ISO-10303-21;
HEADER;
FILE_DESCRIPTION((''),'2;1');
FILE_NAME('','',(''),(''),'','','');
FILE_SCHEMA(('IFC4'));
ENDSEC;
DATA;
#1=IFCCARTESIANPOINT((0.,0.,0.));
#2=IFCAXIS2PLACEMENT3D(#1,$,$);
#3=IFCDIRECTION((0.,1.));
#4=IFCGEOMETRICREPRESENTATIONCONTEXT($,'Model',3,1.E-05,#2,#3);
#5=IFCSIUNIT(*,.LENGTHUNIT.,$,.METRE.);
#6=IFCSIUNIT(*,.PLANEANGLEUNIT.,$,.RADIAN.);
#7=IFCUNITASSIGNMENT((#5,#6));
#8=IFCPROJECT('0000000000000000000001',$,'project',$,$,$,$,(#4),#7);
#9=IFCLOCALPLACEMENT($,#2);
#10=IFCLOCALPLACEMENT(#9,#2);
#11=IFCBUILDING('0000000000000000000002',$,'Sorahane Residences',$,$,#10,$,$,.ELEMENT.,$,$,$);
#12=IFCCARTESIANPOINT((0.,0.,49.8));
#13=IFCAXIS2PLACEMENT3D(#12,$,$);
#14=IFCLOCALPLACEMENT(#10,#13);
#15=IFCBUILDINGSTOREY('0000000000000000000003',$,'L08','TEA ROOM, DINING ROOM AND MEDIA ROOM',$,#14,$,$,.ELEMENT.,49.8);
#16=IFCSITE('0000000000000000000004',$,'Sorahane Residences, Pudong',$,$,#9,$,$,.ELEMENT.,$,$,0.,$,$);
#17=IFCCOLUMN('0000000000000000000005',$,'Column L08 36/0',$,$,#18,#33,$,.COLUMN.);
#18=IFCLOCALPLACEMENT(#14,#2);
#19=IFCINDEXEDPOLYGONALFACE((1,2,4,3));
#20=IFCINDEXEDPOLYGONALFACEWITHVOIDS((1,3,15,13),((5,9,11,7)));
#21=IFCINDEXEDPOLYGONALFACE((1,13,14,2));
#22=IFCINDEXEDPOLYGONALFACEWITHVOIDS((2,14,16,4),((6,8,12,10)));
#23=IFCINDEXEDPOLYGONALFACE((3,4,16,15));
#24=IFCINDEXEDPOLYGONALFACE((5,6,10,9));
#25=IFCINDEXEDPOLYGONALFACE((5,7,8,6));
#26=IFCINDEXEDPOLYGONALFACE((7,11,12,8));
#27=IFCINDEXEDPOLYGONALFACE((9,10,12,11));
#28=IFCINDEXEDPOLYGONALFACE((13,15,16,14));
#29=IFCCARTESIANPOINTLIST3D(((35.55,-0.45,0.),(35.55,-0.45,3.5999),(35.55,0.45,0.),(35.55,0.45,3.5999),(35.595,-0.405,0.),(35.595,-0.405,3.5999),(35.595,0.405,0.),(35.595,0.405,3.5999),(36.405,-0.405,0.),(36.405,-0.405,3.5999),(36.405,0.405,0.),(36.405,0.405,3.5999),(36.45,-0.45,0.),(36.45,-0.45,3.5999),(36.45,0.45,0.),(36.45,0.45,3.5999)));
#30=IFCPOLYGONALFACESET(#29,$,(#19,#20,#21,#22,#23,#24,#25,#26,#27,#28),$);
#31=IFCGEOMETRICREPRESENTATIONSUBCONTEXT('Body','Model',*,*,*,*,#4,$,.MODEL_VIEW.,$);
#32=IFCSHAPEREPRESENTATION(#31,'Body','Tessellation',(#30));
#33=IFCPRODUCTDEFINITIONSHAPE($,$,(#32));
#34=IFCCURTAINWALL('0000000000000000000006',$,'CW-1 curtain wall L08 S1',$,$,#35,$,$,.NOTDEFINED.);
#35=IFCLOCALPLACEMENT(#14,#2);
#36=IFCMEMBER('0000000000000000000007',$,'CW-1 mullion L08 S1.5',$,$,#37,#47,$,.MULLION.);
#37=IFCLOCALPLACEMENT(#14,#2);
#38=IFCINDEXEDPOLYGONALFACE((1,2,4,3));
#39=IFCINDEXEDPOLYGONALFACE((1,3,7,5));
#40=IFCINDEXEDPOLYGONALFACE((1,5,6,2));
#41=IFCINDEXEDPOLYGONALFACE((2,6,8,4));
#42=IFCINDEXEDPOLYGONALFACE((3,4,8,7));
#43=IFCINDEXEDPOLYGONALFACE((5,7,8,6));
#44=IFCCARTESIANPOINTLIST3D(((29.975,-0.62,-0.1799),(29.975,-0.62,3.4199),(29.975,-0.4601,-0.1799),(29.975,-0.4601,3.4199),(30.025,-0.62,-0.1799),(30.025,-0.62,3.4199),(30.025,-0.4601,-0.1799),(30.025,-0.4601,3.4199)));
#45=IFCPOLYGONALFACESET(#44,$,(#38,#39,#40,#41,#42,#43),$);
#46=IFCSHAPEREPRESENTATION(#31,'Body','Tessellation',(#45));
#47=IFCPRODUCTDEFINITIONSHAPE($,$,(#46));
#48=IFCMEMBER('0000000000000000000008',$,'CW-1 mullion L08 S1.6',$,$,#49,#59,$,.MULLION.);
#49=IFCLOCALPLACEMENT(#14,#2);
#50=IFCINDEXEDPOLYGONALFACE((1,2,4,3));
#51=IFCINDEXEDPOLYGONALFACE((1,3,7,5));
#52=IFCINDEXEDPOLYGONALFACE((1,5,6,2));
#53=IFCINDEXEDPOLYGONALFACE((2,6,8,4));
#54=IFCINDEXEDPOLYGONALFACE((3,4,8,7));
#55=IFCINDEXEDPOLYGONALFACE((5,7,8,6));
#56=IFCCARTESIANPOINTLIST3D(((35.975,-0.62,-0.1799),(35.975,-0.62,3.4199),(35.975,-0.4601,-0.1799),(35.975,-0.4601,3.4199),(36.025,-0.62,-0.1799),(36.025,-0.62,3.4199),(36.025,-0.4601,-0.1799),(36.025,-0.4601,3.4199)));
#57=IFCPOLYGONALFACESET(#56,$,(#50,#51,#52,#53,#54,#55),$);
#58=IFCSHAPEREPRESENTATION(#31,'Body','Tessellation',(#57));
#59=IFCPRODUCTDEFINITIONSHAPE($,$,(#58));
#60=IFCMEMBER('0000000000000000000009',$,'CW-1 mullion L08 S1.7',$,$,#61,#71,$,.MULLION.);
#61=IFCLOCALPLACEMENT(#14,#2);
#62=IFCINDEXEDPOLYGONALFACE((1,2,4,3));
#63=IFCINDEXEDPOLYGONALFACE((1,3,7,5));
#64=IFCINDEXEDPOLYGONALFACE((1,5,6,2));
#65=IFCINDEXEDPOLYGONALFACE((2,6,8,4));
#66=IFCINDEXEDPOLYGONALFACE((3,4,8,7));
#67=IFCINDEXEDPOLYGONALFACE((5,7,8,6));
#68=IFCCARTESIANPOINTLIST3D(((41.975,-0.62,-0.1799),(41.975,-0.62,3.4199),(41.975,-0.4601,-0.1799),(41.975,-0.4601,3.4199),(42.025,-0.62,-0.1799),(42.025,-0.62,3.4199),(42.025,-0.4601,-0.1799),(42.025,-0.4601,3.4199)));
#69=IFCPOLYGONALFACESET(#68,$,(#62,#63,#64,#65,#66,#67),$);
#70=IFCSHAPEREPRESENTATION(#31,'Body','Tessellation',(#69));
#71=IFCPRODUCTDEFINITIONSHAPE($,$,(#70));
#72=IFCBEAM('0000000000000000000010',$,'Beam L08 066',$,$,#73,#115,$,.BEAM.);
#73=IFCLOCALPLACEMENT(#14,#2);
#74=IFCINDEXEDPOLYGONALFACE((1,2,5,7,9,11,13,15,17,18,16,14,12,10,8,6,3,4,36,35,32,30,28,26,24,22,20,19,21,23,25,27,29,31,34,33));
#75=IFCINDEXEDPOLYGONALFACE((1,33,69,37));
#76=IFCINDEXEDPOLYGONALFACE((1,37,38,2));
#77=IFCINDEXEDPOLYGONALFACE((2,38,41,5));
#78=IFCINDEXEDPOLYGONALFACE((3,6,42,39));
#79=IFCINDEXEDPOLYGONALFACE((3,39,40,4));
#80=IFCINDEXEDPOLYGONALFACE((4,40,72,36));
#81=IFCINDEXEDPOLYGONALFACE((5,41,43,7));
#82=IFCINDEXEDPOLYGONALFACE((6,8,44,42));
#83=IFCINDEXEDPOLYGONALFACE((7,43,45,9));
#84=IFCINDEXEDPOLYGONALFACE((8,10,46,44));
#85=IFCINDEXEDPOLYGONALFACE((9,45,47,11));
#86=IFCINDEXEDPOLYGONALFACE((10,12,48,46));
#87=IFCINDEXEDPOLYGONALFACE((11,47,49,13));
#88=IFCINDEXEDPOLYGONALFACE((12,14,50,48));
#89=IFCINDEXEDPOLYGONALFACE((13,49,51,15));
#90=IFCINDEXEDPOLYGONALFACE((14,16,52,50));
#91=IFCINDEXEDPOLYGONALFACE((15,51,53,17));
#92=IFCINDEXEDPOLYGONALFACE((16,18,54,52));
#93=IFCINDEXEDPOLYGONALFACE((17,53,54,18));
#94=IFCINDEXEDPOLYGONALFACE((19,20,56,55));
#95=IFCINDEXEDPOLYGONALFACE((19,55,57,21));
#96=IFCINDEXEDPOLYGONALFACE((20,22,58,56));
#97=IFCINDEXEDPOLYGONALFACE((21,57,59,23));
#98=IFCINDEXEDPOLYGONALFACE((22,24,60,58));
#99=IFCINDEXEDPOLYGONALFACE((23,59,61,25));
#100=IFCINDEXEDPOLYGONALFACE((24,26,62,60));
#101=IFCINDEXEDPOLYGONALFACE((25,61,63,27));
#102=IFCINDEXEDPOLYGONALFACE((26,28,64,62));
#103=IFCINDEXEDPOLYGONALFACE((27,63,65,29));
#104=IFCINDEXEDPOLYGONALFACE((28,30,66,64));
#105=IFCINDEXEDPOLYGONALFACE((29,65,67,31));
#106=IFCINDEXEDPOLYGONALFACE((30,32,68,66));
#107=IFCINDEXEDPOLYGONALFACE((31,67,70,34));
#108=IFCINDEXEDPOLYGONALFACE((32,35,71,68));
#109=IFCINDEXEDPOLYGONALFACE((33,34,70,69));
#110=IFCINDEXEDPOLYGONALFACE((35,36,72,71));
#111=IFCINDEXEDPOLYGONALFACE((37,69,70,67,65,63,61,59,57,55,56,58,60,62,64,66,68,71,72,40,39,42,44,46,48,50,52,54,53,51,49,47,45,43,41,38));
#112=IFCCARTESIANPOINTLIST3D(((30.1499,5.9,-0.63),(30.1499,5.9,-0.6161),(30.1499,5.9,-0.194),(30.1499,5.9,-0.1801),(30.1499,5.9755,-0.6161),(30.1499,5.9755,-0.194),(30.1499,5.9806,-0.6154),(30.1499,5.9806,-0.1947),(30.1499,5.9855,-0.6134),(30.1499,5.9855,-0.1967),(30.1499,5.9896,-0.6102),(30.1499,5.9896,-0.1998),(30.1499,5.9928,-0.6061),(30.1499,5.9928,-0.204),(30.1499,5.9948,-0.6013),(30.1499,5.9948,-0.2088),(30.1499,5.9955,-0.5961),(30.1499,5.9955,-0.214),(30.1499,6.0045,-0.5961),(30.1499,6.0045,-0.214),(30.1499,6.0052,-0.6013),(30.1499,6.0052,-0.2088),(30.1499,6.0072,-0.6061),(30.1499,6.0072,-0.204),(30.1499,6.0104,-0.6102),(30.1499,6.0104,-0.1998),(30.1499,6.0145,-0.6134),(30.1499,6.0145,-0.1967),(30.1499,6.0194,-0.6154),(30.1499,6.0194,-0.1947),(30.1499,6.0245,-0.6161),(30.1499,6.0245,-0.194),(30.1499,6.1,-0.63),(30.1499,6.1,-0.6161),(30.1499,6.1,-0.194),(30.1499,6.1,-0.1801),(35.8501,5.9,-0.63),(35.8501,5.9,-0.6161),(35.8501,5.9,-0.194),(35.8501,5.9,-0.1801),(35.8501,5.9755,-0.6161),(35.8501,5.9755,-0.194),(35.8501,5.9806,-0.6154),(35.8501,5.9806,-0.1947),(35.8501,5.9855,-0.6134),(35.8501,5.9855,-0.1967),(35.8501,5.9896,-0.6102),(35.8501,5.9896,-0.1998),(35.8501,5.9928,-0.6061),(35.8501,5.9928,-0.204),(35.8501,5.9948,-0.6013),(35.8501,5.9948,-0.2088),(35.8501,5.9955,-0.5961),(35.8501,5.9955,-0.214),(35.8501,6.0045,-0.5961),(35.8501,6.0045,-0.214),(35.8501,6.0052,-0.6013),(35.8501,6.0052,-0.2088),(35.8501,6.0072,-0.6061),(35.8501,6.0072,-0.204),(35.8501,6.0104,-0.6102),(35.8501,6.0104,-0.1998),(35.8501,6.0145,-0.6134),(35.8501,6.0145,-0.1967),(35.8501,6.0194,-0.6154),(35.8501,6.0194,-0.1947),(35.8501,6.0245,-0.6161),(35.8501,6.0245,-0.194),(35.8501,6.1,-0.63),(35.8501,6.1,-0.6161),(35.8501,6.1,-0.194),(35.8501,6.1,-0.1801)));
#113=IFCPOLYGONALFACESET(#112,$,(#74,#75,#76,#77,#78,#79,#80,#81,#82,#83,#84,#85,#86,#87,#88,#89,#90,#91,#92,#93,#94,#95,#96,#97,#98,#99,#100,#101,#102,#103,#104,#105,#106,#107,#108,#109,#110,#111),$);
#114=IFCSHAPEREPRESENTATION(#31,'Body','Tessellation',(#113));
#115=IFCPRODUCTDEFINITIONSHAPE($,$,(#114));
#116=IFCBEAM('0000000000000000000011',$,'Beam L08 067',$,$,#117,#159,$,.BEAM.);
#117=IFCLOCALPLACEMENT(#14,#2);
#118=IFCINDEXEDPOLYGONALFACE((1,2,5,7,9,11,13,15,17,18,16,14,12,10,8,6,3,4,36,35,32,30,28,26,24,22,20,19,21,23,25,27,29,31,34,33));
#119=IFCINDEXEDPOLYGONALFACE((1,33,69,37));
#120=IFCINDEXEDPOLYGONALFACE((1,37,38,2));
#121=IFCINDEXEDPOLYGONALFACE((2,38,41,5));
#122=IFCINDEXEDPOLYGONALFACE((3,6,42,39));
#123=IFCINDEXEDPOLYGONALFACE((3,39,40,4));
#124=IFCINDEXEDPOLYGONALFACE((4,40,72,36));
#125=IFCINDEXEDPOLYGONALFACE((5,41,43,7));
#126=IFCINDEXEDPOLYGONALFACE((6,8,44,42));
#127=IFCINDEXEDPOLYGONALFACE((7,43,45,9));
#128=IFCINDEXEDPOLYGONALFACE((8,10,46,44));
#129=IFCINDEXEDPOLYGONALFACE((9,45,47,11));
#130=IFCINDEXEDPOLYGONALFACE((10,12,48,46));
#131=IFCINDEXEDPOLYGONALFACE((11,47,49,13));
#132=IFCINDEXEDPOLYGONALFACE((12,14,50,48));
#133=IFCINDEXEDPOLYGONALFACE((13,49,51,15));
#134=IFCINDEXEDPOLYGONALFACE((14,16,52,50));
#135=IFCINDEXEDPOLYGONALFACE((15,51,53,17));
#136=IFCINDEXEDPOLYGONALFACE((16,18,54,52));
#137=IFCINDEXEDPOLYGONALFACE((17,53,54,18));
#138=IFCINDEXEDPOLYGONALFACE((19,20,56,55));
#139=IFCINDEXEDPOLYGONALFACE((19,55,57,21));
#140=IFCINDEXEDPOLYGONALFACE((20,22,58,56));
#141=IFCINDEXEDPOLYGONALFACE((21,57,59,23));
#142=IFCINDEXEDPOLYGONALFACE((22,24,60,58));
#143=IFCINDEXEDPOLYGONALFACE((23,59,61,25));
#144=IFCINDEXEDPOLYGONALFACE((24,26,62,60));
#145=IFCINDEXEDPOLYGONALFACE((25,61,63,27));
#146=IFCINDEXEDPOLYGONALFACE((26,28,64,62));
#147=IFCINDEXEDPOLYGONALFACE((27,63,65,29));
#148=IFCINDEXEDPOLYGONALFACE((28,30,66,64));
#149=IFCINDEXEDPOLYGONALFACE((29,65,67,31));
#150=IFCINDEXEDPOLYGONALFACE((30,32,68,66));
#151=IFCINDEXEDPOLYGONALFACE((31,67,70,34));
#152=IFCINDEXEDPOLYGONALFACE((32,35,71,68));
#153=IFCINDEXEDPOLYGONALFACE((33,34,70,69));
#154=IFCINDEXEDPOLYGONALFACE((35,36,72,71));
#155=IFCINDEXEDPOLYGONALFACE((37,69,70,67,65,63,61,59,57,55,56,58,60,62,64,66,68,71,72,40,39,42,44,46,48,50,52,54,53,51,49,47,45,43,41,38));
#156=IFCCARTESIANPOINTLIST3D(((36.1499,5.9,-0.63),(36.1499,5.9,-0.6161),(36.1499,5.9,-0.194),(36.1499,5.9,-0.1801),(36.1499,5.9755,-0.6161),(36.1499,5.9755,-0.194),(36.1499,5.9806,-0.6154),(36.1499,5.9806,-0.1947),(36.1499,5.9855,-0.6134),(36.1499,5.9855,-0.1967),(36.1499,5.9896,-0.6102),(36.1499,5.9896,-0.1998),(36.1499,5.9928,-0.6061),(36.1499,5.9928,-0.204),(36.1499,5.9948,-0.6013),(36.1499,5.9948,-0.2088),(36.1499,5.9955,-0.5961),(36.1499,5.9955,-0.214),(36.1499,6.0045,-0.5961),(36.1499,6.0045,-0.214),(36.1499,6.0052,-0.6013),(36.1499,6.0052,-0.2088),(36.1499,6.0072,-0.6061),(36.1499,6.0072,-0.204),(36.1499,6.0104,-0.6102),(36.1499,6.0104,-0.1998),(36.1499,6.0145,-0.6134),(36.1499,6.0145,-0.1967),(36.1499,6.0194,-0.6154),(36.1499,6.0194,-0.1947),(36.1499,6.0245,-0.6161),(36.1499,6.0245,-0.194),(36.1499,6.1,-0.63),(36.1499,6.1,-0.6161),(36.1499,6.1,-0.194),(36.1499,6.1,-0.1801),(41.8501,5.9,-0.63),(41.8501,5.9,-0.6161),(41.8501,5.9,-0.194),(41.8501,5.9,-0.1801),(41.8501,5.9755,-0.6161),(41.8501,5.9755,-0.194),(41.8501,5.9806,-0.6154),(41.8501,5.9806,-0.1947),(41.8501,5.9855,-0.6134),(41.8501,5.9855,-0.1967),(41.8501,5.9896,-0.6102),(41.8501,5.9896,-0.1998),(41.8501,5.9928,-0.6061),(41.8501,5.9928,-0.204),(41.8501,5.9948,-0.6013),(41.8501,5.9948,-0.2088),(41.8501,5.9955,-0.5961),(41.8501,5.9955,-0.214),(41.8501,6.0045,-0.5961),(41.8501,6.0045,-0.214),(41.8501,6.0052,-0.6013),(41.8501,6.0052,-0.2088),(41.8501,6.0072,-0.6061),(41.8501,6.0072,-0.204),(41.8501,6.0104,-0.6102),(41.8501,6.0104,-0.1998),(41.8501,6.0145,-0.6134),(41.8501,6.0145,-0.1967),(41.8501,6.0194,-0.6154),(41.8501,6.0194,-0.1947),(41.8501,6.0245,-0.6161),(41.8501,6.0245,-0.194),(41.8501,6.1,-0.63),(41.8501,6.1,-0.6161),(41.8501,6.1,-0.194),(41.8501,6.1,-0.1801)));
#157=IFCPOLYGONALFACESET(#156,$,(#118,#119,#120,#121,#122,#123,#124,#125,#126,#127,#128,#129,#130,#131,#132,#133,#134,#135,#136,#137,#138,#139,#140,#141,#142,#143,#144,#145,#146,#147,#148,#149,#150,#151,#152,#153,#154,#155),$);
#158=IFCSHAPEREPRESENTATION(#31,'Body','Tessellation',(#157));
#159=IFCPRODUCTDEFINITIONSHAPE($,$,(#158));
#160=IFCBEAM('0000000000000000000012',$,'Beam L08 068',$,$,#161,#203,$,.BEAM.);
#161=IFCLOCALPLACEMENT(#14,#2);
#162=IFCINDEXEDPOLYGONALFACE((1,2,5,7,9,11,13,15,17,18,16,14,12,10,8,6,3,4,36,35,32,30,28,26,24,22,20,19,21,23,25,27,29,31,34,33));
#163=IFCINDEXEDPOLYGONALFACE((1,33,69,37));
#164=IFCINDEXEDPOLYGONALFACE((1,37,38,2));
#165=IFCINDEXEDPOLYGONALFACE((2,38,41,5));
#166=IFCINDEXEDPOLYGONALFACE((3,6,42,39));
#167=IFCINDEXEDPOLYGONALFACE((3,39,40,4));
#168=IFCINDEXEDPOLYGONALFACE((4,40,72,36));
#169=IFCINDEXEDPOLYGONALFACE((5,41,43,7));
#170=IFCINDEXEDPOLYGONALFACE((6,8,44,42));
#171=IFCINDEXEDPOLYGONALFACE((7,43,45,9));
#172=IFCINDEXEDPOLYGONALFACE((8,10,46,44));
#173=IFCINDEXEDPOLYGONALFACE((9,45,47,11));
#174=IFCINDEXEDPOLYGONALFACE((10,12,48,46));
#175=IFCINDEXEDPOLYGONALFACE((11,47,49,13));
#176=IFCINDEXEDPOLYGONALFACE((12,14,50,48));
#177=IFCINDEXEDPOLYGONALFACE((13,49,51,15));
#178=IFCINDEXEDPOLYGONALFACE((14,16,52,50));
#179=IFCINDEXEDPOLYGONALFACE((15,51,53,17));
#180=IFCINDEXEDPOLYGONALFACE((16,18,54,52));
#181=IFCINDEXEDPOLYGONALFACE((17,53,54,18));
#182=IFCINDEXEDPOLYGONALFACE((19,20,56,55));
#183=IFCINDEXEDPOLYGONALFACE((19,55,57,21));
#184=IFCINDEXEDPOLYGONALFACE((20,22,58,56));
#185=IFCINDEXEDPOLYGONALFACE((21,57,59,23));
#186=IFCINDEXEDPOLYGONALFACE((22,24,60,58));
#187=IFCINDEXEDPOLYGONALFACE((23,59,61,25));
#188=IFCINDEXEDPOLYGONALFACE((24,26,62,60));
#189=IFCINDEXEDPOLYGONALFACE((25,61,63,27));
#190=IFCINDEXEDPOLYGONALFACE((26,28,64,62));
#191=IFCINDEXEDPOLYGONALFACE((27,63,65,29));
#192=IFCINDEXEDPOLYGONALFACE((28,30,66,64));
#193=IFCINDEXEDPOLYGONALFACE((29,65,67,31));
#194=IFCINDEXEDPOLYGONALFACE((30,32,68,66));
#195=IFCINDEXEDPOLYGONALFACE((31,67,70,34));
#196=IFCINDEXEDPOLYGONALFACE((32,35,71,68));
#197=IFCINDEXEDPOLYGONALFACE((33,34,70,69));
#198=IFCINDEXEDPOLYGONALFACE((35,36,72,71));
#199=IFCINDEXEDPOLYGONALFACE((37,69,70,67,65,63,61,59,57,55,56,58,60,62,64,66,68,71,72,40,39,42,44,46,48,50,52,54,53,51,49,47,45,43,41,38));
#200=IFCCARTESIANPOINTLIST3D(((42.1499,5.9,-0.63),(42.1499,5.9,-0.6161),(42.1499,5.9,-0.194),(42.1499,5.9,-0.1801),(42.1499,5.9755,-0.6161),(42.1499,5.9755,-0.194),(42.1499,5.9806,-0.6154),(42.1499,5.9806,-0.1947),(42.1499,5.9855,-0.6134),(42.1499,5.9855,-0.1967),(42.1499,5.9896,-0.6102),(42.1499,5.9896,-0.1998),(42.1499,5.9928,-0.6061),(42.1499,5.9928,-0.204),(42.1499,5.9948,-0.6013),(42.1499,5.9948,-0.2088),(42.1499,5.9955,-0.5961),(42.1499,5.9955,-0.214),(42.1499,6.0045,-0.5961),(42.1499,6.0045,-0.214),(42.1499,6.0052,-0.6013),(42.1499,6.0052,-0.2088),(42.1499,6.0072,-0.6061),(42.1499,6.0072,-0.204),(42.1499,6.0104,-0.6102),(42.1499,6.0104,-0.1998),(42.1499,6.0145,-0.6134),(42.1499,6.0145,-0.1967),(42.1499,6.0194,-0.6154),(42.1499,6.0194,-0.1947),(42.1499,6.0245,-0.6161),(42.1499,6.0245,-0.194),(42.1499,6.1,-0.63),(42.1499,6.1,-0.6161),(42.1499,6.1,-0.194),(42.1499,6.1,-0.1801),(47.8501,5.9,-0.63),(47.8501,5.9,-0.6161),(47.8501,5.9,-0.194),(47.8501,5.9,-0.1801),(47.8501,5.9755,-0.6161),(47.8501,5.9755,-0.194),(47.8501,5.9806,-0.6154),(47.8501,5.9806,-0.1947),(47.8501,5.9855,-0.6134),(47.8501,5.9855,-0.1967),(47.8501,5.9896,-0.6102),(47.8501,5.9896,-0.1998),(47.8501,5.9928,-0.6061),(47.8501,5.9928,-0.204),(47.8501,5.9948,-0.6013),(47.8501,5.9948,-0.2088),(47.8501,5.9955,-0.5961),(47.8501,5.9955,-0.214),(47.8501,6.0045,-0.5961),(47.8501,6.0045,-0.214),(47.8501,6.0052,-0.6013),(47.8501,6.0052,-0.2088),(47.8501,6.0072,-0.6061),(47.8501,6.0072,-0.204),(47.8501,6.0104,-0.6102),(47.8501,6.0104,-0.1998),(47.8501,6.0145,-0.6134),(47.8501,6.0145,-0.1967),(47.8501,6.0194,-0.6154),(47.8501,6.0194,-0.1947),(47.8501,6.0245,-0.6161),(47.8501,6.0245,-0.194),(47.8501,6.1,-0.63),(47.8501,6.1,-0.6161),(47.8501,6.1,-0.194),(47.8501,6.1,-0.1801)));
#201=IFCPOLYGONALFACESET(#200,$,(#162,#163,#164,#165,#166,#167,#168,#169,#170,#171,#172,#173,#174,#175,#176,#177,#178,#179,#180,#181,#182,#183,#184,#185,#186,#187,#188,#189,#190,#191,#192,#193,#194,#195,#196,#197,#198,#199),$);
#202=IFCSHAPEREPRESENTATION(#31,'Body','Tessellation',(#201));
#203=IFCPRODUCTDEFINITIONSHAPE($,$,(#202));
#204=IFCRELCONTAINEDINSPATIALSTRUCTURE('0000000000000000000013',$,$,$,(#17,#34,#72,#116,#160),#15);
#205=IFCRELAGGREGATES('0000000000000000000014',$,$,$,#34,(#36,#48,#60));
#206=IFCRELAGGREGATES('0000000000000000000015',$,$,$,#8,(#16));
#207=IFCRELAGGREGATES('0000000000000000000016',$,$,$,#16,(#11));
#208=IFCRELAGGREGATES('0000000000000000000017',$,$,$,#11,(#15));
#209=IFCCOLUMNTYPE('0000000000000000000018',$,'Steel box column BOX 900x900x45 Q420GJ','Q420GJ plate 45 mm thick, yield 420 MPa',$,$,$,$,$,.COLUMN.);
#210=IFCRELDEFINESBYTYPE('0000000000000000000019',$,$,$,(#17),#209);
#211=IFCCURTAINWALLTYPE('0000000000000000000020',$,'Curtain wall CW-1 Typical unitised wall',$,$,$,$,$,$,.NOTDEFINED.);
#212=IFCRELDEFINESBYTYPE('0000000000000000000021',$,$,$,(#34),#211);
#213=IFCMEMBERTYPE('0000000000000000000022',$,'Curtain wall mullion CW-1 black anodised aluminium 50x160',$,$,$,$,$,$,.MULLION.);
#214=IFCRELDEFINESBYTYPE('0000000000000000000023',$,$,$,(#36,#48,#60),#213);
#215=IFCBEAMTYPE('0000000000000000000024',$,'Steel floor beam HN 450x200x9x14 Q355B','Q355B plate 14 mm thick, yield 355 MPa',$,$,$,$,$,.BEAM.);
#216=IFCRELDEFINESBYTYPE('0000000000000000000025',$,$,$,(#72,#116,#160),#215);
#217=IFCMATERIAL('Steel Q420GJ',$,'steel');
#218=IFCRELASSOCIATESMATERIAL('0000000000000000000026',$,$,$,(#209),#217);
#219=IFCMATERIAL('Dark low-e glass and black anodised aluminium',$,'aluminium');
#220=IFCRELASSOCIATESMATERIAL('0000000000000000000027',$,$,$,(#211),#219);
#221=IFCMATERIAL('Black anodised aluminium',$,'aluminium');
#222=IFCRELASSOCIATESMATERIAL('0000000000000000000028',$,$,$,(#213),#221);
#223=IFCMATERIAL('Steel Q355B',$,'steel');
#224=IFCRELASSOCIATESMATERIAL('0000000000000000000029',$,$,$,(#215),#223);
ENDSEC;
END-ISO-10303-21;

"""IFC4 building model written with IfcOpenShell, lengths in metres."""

from ifc_helpers import new_model, si_unit, direction, frame, origin, origin_2d, place, context, subcontext, project, spatial, rectangle, hollow_rectangle, i_section, extrude, material, material_profile, profile_set, type_object, element, aggregate, save


model = new_model("IFC4")

# Units and contexts
model_context = context("Model", 3, precision=1e-05, world=origin(), true_north=direction((0.0, 1.0)))
body_context = subcontext(model_context, "Body", "Model", "MODEL_VIEW")
ifc_project = project(units=[si_unit("LENGTHUNIT", "METRE"), si_unit("PLANEANGLEUNIT", "RADIAN")], contexts=[model_context])

# Site, building, storey
site_placement = place(None, origin())
site = spatial("IfcSite", under=ifc_project, at=site_placement, Name="Sorahane Residences, Pudong", CompositionType="ELEMENT", RefElevation=0.0)
building_placement = place(site_placement, origin())
building = spatial("IfcBuilding", under=site, at=building_placement, Name="Sorahane Residences", CompositionType="ELEMENT")
storey_placement = place(building_placement, frame((0.0, 0.0, 49.8)))
storey = spatial("IfcBuildingStorey", under=building, at=storey_placement, Name="L08", Description="TEA ROOM, DINING ROOM AND MEDIA ROOM", CompositionType="ELEMENT", Elevation=49.8)

# Column
ifc_material_1 = material(Name="Steel Q420GJ", Category="steel")
ifc_material_profile_1 = material_profile(ifc_material_1, hollow_rectangle(XDim=0.8999, YDim=0.8999, WallThickness=0.0449, at=origin_2d()), Name="BOX 900x900x45")
ifc_profile_set_1 = profile_set([ifc_material_profile_1], Name="Steel Q420GJ")
column_type = type_object("IfcColumnType", Name="Steel box column BOX 900x900x45 Q420GJ", Description="Q420GJ plate 45 mm thick, yield 420 MPa", PredefinedType="COLUMN", material=ifc_profile_set_1)
column_placement = place(storey_placement, frame((36.0, 0.0, 0.0), z_axis=(0.0, 0.0, 1.0), x_axis=(1.0, 0.0, 0.0)))
element("IfcColumn", 1, at=column_placement, inside=storey, type_object=column_type, Name="Column L08 36/0", PredefinedType="COLUMN", context=body_context, shape_type="SweptSolid", body=[
    extrude(hollow_rectangle(XDim=0.8999, YDim=0.8999, WallThickness=0.0449, at=origin_2d()), origin(), (0.0, 0.0, 1.0), 3.5999),
])

# Curtain wall, members
ifc_material_2 = material(Name="Dark low-e glass and black anodised aluminium", Category="aluminium")
curtain_wall_type = type_object("IfcCurtainWallType", Name="Curtain wall CW-1 Typical unitised wall", PredefinedType="NOTDEFINED", material=ifc_material_2)
curtain_wall_placement = place(storey_placement, origin())
curtain_wall = element("IfcCurtainWall", 2, at=curtain_wall_placement, inside=storey, type_object=curtain_wall_type, Name="CW-1 curtain wall L08 S1", PredefinedType="NOTDEFINED")
ifc_material_3 = material(Name="Black anodised aluminium", Category="aluminium")
ifc_material_profile_2 = material_profile(ifc_material_3, rectangle(XDim=0.1599, YDim=0.05, at=origin_2d()), Name="Curtain wall mullion CW-1 black anodised aluminium 50x160")
ifc_profile_set_2 = profile_set([ifc_material_profile_2], Name="Black anodised aluminium")
member_type = type_object("IfcMemberType", Name="Curtain wall mullion CW-1 black anodised aluminium 50x160", PredefinedType="MULLION", material=ifc_profile_set_2)
member_1_placement = place(storey_placement, frame((30.0, -0.54, -0.1799), z_axis=(0.0, 0.0, 1.0), x_axis=(0.0, -1.0, 0.0)))
member_1 = element("IfcMember", 3, at=member_1_placement, type_object=member_type, Name="CW-1 mullion L08 S1.5", PredefinedType="MULLION", context=body_context, shape_type="SweptSolid", body=[
    extrude(rectangle(XDim=0.1599, YDim=0.05, at=origin_2d()), origin(), (0.0, 0.0, 1.0), 3.5999),
])
member_2_placement = place(storey_placement, frame((36.0, -0.54, -0.1799), z_axis=(0.0, 0.0, 1.0), x_axis=(0.0, -1.0, 0.0)))
member_2 = element("IfcMember", 4, at=member_2_placement, type_object=member_type, Name="CW-1 mullion L08 S1.6", PredefinedType="MULLION", context=body_context, shape_type="SweptSolid", body=[
    extrude(rectangle(XDim=0.1599, YDim=0.05, at=origin_2d()), origin(), (0.0, 0.0, 1.0), 3.5999),
])
member_3_placement = place(storey_placement, frame((42.0, -0.54, -0.1799), z_axis=(0.0, 0.0, 1.0), x_axis=(0.0, -1.0, 0.0)))
member_3 = element("IfcMember", 5, at=member_3_placement, type_object=member_type, Name="CW-1 mullion L08 S1.7", PredefinedType="MULLION", context=body_context, shape_type="SweptSolid", body=[
    extrude(rectangle(XDim=0.1599, YDim=0.05, at=origin_2d()), origin(), (0.0, 0.0, 1.0), 3.5999),
])

# Beams
ifc_material_4 = material(Name="Steel Q355B", Category="steel")
ifc_material_profile_3 = material_profile(ifc_material_4, i_section(OverallWidth=0.2, OverallDepth=0.45, WebThickness=0.009, FlangeThickness=0.0139, FilletRadius=0.02, at=origin_2d()), Name="HN 450x200x9x14")
ifc_profile_set_3 = profile_set([ifc_material_profile_3], Name="Steel Q355B")
beam_type_1 = type_object("IfcBeamType", Name="Steel floor beam HN 450x200x9x14 Q355B", Description="Q355B plate 14 mm thick, yield 355 MPa", PredefinedType="BEAM", material=ifc_profile_set_3)
for number, where, z_axis, x_axis, name in (
    (6, (30.1499, 6.0, -0.405), (1.0, 0.0, 0.0), (0.0, 1.0, 0.0), "Beam L08 066"),
    (7, (36.1499, 6.0, -0.405), (1.0, 0.0, 0.0), (0.0, 1.0, 0.0), "Beam L08 067"),
    (8, (42.1499, 6.0, -0.405), (1.0, 0.0, 0.0), (0.0, 1.0, 0.0), "Beam L08 068"),
):
    element("IfcBeam", number, at=place(storey_placement, frame(where, z_axis=z_axis, x_axis=x_axis)), inside=storey, type_object=beam_type_1, Name=name, PredefinedType="BEAM", context=body_context, shape_type="SweptSolid", body=[
        extrude(i_section(OverallWidth=0.2, OverallDepth=0.45, WebThickness=0.009, FlangeThickness=0.0139, FilletRadius=0.02, at=origin_2d()), origin(), (0.0, 0.0, 1.0), 5.7002),
    ])

aggregate(curtain_wall, [member_1, member_2, member_3])

save(model, "model.ifc")
